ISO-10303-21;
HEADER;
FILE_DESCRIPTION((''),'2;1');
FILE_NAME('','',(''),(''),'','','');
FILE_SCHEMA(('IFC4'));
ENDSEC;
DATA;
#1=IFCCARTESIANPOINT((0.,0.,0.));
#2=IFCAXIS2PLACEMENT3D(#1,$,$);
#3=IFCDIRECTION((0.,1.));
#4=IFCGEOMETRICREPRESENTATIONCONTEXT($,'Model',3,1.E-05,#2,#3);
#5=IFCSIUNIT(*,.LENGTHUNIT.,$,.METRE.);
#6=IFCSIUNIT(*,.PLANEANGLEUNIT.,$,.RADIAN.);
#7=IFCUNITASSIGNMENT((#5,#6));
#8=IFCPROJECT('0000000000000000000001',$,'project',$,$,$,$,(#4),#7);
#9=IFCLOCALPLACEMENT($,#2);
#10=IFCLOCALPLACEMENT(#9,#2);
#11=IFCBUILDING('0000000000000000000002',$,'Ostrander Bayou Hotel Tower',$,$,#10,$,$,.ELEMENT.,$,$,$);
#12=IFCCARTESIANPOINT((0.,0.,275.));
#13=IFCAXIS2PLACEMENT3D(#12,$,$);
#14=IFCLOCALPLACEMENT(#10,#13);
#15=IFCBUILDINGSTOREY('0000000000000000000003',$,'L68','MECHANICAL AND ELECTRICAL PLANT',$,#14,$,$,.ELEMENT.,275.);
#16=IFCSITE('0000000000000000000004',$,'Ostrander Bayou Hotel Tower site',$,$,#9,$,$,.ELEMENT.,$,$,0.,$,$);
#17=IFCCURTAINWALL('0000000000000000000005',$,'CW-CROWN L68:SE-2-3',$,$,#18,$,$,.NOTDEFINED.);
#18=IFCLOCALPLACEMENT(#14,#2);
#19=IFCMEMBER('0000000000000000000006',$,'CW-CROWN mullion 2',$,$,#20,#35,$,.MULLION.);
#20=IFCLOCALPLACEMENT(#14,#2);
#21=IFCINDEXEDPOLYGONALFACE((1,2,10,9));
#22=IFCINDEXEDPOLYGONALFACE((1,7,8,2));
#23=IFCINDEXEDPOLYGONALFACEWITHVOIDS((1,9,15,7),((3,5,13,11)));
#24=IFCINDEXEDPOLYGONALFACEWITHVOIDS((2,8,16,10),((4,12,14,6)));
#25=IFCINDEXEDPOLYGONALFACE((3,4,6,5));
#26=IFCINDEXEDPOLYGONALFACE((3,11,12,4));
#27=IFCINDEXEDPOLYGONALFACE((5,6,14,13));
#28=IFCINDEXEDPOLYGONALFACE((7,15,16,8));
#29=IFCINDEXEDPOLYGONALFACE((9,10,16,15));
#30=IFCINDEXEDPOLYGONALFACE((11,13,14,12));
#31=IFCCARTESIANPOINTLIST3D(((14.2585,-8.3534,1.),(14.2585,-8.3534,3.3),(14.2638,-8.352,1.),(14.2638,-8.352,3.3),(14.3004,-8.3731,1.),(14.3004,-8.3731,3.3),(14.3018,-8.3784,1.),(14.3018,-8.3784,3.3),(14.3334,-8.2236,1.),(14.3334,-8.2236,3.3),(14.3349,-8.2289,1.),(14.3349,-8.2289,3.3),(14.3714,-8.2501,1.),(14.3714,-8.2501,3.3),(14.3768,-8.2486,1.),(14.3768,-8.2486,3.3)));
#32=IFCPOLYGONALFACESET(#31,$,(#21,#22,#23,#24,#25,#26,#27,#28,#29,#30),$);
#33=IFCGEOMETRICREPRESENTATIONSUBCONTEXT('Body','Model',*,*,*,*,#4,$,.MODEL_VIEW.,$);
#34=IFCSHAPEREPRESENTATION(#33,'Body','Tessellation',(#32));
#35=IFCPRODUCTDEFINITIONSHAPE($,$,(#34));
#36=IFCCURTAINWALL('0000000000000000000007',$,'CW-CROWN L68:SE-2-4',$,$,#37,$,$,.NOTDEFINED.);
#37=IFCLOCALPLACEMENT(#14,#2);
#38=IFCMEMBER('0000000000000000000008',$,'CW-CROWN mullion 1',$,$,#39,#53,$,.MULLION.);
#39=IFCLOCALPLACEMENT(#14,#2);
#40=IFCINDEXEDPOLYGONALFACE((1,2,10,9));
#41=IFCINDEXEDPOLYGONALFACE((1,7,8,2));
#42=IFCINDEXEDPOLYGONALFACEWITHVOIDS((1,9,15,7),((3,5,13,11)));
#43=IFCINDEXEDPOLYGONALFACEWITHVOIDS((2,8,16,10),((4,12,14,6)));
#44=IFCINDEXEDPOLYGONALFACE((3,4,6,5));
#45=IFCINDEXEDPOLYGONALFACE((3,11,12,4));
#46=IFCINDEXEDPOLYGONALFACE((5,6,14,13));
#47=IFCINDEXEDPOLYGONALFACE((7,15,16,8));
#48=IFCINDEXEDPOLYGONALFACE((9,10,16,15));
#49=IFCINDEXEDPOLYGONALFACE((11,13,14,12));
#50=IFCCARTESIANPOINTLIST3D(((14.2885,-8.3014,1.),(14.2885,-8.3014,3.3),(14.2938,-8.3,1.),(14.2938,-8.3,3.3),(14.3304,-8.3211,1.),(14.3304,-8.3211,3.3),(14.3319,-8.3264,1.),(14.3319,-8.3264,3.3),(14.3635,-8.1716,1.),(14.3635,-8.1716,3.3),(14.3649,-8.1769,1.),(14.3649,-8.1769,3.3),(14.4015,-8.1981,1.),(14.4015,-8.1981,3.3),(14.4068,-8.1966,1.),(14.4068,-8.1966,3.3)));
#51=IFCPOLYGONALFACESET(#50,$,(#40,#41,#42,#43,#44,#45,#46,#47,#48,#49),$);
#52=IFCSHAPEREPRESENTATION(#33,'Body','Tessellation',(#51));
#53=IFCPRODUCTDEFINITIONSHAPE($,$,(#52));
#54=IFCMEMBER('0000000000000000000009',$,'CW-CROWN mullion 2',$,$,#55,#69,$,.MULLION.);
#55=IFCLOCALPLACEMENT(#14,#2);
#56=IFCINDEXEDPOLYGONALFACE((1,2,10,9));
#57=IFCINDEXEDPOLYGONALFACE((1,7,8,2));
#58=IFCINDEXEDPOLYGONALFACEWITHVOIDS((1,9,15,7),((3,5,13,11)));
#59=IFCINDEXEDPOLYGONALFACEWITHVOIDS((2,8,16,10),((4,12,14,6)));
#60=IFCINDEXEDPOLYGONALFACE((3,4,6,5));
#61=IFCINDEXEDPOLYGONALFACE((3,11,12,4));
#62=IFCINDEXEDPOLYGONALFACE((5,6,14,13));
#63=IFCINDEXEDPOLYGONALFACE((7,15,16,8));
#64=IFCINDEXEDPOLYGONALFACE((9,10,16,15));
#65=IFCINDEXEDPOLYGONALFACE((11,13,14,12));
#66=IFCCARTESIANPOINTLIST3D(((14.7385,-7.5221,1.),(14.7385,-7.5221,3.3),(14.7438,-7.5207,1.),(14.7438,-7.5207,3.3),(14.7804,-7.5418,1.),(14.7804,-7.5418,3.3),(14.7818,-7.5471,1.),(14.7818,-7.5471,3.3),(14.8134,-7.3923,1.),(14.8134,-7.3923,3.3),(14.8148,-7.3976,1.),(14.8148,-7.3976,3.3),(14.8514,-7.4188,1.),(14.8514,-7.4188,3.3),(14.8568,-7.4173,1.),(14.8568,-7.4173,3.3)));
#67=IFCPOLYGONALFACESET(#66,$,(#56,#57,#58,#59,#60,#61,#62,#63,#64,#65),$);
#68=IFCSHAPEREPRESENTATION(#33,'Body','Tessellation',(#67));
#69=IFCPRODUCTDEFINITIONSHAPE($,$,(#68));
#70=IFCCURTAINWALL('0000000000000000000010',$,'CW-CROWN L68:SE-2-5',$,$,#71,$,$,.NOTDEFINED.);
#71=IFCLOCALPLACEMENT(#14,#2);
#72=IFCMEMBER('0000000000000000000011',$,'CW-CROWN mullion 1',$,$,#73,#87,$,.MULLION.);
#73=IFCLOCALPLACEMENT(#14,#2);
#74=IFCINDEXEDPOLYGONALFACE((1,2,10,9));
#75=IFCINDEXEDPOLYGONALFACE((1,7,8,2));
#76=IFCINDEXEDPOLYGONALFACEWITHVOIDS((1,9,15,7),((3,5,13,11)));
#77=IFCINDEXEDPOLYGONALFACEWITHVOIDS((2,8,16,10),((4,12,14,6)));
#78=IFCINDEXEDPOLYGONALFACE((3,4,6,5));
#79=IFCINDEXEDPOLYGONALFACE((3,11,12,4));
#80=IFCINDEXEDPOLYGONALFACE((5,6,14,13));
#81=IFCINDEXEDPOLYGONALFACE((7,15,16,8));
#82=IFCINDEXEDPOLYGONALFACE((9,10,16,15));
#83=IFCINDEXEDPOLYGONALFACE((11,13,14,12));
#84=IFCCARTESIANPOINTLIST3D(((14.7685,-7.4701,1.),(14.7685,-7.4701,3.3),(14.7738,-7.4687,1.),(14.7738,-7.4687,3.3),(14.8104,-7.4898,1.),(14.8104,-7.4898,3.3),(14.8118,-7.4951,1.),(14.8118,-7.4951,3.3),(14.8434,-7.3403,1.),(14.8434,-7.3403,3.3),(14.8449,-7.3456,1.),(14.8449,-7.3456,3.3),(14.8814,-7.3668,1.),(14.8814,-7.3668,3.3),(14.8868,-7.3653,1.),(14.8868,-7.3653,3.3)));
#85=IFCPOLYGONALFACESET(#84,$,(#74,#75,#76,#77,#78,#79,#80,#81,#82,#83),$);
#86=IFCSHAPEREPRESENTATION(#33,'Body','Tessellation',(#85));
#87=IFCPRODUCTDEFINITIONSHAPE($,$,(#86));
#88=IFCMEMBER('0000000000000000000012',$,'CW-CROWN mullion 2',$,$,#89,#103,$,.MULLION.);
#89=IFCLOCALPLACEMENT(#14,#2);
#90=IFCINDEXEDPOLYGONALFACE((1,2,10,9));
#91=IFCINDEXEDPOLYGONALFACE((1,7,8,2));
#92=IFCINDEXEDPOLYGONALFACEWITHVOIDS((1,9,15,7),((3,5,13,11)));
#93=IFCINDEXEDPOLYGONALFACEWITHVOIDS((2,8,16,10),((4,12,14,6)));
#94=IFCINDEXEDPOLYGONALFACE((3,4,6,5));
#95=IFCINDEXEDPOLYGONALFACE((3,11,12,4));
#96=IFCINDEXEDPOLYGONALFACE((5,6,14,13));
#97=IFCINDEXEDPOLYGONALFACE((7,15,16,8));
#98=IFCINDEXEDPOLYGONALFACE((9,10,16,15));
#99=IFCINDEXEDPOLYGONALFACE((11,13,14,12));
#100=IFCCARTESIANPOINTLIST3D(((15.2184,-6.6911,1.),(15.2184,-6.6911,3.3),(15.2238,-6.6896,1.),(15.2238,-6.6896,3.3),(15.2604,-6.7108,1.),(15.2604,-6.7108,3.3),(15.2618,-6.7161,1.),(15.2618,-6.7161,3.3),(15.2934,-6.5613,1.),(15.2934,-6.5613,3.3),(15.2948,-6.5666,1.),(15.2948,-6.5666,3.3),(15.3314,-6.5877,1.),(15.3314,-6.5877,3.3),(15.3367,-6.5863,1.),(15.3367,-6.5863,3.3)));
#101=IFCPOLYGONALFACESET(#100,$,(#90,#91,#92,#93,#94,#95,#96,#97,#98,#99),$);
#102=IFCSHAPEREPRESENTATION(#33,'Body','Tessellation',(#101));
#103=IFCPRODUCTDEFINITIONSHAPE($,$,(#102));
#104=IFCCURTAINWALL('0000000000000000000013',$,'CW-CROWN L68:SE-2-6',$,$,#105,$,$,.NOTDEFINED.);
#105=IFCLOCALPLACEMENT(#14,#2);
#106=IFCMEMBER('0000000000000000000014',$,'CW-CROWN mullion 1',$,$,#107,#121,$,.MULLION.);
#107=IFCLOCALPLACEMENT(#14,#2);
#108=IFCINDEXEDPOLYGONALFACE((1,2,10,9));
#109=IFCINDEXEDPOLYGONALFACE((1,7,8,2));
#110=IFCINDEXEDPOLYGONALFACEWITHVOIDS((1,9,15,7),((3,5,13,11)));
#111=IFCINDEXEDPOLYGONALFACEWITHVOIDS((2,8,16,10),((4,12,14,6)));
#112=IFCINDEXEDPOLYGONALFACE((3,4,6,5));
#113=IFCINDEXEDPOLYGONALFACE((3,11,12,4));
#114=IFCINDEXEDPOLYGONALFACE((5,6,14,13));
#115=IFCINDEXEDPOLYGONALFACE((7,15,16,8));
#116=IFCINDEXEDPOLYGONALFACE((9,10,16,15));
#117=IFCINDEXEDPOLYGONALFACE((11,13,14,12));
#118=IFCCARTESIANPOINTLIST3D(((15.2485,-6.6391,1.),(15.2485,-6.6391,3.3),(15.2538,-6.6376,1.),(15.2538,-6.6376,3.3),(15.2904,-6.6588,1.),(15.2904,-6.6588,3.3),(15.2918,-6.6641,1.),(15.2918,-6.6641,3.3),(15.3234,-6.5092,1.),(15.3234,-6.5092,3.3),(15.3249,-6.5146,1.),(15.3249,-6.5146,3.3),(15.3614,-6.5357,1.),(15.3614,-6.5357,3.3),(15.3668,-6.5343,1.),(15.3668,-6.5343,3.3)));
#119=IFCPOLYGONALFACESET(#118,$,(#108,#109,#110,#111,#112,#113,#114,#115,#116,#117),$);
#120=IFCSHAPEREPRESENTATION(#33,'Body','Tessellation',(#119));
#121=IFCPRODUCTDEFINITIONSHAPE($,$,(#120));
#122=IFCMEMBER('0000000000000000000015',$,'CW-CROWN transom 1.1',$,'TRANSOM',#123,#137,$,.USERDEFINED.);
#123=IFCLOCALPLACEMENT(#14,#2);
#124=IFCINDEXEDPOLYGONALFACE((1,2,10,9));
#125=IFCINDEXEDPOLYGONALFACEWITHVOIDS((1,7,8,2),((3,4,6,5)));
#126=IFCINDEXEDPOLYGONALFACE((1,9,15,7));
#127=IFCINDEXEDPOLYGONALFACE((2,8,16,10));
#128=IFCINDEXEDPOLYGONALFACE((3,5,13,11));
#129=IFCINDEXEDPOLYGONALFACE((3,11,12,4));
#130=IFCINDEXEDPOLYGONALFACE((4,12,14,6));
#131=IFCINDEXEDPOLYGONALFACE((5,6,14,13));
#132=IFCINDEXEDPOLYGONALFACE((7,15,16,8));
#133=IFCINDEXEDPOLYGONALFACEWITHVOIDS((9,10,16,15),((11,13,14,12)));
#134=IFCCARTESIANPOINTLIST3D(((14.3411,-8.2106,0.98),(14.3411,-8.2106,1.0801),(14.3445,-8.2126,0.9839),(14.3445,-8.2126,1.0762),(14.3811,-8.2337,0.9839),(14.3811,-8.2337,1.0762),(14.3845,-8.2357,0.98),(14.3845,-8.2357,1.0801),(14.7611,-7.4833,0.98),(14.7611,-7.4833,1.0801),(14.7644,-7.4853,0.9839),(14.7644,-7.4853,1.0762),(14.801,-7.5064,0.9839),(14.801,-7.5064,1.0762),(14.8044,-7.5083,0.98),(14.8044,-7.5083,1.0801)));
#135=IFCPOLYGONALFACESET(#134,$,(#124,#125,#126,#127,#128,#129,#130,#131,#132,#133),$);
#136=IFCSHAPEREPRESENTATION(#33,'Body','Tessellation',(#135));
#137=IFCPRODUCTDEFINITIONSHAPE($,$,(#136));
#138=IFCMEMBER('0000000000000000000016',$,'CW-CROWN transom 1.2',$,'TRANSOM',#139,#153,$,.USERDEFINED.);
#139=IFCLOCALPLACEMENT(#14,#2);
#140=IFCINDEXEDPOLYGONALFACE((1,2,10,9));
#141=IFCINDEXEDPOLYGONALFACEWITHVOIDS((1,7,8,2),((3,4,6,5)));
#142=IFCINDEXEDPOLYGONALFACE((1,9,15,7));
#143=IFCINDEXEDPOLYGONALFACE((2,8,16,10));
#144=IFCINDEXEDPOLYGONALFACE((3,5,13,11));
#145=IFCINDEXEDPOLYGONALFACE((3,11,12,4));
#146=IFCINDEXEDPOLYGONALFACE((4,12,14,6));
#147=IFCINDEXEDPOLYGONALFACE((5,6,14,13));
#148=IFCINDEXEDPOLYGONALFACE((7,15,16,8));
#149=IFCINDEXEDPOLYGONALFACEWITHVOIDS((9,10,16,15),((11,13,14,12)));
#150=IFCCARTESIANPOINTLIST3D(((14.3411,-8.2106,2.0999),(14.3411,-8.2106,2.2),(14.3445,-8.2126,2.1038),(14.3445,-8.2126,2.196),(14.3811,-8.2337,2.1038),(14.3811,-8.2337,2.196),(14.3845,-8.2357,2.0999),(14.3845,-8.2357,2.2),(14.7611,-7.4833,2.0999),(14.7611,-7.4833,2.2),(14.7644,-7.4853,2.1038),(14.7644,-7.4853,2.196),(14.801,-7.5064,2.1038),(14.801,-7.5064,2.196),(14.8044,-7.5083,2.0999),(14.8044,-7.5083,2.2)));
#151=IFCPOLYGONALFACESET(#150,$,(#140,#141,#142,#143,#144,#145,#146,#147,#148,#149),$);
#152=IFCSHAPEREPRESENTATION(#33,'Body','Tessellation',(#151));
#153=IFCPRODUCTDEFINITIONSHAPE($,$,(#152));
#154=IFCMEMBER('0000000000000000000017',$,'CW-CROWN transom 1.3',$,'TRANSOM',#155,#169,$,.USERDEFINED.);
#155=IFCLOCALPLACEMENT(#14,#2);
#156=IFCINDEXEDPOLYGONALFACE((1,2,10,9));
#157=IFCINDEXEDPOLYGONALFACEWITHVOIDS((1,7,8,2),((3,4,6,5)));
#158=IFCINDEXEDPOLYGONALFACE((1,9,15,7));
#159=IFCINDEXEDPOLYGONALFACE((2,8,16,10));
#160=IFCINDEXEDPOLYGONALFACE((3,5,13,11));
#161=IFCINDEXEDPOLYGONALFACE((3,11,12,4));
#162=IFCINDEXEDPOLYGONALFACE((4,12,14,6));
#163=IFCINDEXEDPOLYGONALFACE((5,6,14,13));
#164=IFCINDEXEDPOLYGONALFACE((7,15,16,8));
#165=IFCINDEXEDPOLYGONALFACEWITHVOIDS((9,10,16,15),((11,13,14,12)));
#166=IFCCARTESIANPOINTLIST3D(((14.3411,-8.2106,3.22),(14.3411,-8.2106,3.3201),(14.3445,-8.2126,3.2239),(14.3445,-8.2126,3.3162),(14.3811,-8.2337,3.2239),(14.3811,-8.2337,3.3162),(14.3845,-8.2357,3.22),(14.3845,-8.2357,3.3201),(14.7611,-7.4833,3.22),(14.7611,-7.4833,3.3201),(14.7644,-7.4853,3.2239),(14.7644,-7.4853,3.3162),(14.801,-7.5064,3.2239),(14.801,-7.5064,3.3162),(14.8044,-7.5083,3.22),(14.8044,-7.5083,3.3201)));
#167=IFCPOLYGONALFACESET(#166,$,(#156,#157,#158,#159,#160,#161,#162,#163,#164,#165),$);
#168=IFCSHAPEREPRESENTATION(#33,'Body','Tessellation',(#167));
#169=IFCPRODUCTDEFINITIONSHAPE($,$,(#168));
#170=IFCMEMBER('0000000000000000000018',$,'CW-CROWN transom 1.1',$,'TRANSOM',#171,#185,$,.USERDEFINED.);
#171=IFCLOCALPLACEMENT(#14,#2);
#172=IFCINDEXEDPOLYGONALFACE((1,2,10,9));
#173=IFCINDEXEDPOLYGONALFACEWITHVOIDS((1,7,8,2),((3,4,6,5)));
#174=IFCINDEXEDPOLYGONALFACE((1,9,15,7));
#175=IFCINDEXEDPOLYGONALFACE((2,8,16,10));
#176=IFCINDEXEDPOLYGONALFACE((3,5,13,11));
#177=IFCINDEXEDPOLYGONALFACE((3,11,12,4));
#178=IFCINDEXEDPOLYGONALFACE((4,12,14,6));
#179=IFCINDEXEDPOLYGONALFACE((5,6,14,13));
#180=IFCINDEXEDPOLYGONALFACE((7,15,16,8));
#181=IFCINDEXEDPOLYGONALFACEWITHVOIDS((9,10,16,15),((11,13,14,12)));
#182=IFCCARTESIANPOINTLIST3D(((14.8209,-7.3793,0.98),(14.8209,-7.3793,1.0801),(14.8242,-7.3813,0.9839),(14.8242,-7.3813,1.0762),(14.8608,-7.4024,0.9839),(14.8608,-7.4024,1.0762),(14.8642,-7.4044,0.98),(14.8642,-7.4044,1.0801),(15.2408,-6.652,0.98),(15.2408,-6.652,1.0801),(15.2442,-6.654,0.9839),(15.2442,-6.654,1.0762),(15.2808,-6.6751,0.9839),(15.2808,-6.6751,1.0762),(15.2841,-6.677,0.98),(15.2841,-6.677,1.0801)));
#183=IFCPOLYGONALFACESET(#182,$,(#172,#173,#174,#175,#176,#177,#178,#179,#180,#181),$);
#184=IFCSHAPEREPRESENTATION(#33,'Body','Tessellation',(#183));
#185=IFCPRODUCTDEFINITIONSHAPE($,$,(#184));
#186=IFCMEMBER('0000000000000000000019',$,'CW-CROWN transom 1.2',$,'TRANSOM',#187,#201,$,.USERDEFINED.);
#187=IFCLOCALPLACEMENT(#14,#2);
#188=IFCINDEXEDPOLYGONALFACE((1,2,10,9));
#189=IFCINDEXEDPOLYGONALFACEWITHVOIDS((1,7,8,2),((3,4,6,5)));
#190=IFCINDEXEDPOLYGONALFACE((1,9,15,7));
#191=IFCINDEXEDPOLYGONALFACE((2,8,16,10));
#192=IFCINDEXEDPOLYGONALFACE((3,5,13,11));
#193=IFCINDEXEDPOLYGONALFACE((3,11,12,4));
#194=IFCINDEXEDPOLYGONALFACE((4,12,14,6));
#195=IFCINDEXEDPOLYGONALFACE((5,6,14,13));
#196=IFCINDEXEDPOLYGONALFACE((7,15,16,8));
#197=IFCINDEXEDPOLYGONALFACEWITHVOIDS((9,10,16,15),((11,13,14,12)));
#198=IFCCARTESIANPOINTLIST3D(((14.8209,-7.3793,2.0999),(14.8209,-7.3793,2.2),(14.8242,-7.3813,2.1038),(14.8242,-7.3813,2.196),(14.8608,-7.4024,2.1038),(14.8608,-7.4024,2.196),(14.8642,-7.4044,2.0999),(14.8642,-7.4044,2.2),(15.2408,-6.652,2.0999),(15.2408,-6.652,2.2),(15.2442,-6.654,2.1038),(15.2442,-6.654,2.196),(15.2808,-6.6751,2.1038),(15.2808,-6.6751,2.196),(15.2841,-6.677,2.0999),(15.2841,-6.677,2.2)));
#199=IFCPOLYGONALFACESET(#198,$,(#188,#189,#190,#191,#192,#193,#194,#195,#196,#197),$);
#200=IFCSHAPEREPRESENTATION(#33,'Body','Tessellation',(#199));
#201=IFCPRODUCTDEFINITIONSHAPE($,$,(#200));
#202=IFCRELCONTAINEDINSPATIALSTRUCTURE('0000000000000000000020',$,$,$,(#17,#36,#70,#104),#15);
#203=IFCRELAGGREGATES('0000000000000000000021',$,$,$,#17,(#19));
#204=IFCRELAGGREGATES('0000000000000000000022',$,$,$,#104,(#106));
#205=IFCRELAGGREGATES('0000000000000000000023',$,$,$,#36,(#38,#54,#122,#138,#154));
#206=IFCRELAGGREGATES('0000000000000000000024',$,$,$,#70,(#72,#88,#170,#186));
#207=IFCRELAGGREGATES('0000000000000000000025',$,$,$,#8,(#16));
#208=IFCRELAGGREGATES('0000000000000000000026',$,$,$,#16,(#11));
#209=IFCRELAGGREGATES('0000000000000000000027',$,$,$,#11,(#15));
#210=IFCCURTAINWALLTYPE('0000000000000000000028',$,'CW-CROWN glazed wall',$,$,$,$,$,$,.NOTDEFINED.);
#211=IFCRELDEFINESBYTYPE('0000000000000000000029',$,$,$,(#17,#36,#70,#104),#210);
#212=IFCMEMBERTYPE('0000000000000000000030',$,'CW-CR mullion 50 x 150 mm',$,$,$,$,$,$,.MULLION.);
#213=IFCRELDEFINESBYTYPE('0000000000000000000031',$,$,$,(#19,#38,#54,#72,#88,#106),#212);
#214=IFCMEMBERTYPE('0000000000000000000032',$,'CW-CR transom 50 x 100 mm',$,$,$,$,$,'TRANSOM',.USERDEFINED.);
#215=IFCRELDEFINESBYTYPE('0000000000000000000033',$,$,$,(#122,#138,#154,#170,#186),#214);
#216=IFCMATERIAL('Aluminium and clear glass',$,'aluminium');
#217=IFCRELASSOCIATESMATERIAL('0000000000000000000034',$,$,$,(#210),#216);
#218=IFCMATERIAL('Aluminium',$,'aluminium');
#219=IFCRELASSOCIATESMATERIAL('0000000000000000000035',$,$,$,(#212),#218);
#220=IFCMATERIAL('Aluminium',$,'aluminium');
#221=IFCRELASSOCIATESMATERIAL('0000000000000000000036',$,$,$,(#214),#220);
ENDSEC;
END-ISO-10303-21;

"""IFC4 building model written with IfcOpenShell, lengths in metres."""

from ifc_helpers import new_model, si_unit, direction, frame, origin, origin_2d, place, context, subcontext, project, spatial, hollow_rectangle, extrude, material, material_profile, profile_set, type_object, element, aggregate, save


model = new_model("IFC4")

# Units and contexts
model_context = context("Model", 3, precision=1e-05, world=origin(), true_north=direction((0.0, 1.0)))
body_context = subcontext(model_context, "Body", "Model", "MODEL_VIEW")
ifc_project = project(units=[si_unit("LENGTHUNIT", "METRE"), si_unit("PLANEANGLEUNIT", "RADIAN")], contexts=[model_context])

# Site, building, storey
site_placement = place(None, origin())
site = spatial("IfcSite", under=ifc_project, at=site_placement, Name="Ostrander Bayou Hotel Tower site", CompositionType="ELEMENT", RefElevation=0.0)
building_placement = place(site_placement, origin())
building = spatial("IfcBuilding", under=site, at=building_placement, Name="Ostrander Bayou Hotel Tower", CompositionType="ELEMENT")
storey_placement = place(building_placement, frame((0.0, 0.0, 275.0)))
storey = spatial("IfcBuildingStorey", under=building, at=storey_placement, Name="L68", Description="MECHANICAL AND ELECTRICAL PLANT", CompositionType="ELEMENT", Elevation=275.0)

# Curtain wall, member
ifc_material_1 = material(Name="Aluminium and clear glass", Category="aluminium")
curtain_wall_type = type_object("IfcCurtainWallType", Name="CW-CROWN glazed wall", PredefinedType="NOTDEFINED", material=ifc_material_1)
curtain_wall_1_placement = place(storey_placement, origin())
curtain_wall_1 = element("IfcCurtainWall", 1, at=curtain_wall_1_placement, inside=storey, type_object=curtain_wall_type, Name="CW-CROWN L68:SE-2-3", PredefinedType="NOTDEFINED")
ifc_material_2 = material(Name="Aluminium", Category="aluminium")
ifc_material_profile_1 = material_profile(ifc_material_2, hollow_rectangle(XDim=0.05, YDim=0.1499, WallThickness=0.0039, at=origin_2d()))
ifc_profile_set_1 = profile_set([ifc_material_profile_1], Name="Aluminium")
member_type_1 = type_object("IfcMemberType", Name="CW-CR mullion 50 x 150 mm", PredefinedType="MULLION", material=ifc_profile_set_1)
member_1_placement = place(storey_placement, frame((14.3176, -8.301, 1.0), z_axis=(0.0, 0.0, 1.0), x_axis=(-0.866022, 0.500005, 0.0)))
member_1 = element("IfcMember", 2, at=member_1_placement, type_object=member_type_1, Name="CW-CROWN mullion 2", PredefinedType="MULLION", context=body_context, shape_type="SweptSolid", body=[
    extrude(hollow_rectangle(XDim=0.05, YDim=0.1499, WallThickness=0.0039, at=origin_2d()), origin(), (0.0, 0.0, 1.0), 2.3),
])
aggregate(curtain_wall_1, [member_1])

# Curtain walls, members
curtain_wall_2_placement = place(storey_placement, origin())
curtain_wall_2 = element("IfcCurtainWall", 3, at=curtain_wall_2_placement, inside=storey, type_object=curtain_wall_type, Name="CW-CROWN L68:SE-2-4", PredefinedType="NOTDEFINED")
member_2_placement = place(storey_placement, frame((14.3477, -8.249, 1.0), z_axis=(0.0, 0.0, 1.0), x_axis=(-0.866022, 0.500005, 0.0)))
member_2 = element("IfcMember", 4, at=member_2_placement, type_object=member_type_1, Name="CW-CROWN mullion 1", PredefinedType="MULLION", context=body_context, shape_type="SweptSolid", body=[
    extrude(hollow_rectangle(XDim=0.05, YDim=0.1499, WallThickness=0.0039, at=origin_2d()), origin(), (0.0, 0.0, 1.0), 2.3),
])
member_3_placement = place(storey_placement, frame((14.7976, -7.4697, 1.0), z_axis=(0.0, 0.0, 1.0), x_axis=(-0.866022, 0.500005, 0.0)))
member_3 = element("IfcMember", 5, at=member_3_placement, type_object=member_type_1, Name="CW-CROWN mullion 2", PredefinedType="MULLION", context=body_context, shape_type="SweptSolid", body=[
    extrude(hollow_rectangle(XDim=0.05, YDim=0.1499, WallThickness=0.0039, at=origin_2d()), origin(), (0.0, 0.0, 1.0), 2.3),
])
curtain_wall_3_placement = place(storey_placement, origin())
curtain_wall_3 = element("IfcCurtainWall", 6, at=curtain_wall_3_placement, inside=storey, type_object=curtain_wall_type, Name="CW-CROWN L68:SE-2-5", PredefinedType="NOTDEFINED")
member_4_placement = place(storey_placement, frame((14.8276, -7.4177, 1.0), z_axis=(0.0, 0.0, 1.0), x_axis=(-0.866022, 0.500005, 0.0)))
member_4 = element("IfcMember", 7, at=member_4_placement, type_object=member_type_1, Name="CW-CROWN mullion 1", PredefinedType="MULLION", context=body_context, shape_type="SweptSolid", body=[
    extrude(hollow_rectangle(XDim=0.05, YDim=0.1499, WallThickness=0.0039, at=origin_2d()), origin(), (0.0, 0.0, 1.0), 2.3),
])
member_5_placement = place(storey_placement, frame((15.2776, -6.6387, 1.0), z_axis=(0.0, 0.0, 1.0), x_axis=(-0.866022, 0.500005, 0.0)))
member_5 = element("IfcMember", 8, at=member_5_placement, type_object=member_type_1, Name="CW-CROWN mullion 2", PredefinedType="MULLION", context=body_context, shape_type="SweptSolid", body=[
    extrude(hollow_rectangle(XDim=0.05, YDim=0.1499, WallThickness=0.0039, at=origin_2d()), origin(), (0.0, 0.0, 1.0), 2.3),
])

# Curtain wall, member
curtain_wall_4_placement = place(storey_placement, origin())
curtain_wall_4 = element("IfcCurtainWall", 9, at=curtain_wall_4_placement, inside=storey, type_object=curtain_wall_type, Name="CW-CROWN L68:SE-2-6", PredefinedType="NOTDEFINED")
member_6_placement = place(storey_placement, frame((15.3076, -6.5867, 1.0), z_axis=(0.0, 0.0, 1.0), x_axis=(-0.866022, 0.500005, 0.0)))
member_6 = element("IfcMember", 10, at=member_6_placement, type_object=member_type_1, Name="CW-CROWN mullion 1", PredefinedType="MULLION", context=body_context, shape_type="SweptSolid", body=[
    extrude(hollow_rectangle(XDim=0.05, YDim=0.1499, WallThickness=0.0039, at=origin_2d()), origin(), (0.0, 0.0, 1.0), 2.3),
])
aggregate(curtain_wall_4, [member_6])

# Members
ifc_material_3 = material(Name="Aluminium", Category="aluminium")
ifc_material_profile_2 = material_profile(ifc_material_3, hollow_rectangle(XDim=0.05, YDim=0.1001, WallThickness=0.0039, at=origin_2d()))
ifc_profile_set_2 = profile_set([ifc_material_profile_2], Name="Aluminium")
member_type_2 = type_object("IfcMemberType", Name="CW-CR transom 50 x 100 mm", ElementType="TRANSOM", PredefinedType="USERDEFINED", material=ifc_profile_set_2)
member_7_placement = place(storey_placement, frame((14.3628, -8.2231, 1.03), z_axis=(0.500016, 0.866016, 0.0), x_axis=(-0.866016, 0.500016, 0.0)))
member_7 = element("IfcMember", 11, at=member_7_placement, type_object=member_type_2, Name="CW-CROWN transom 1.1", ObjectType="TRANSOM", PredefinedType="USERDEFINED", context=body_context, shape_type="SweptSolid", body=[
    extrude(hollow_rectangle(XDim=0.05, YDim=0.1001, WallThickness=0.0039, at=origin_2d()), origin(), (0.0, 0.0, 1.0), 0.8398),
])
member_8_placement = place(storey_placement, frame((14.3628, -8.2231, 2.1499), z_axis=(0.500016, 0.866016, 0.0), x_axis=(-0.866016, 0.500016, 0.0)))
member_8 = element("IfcMember", 12, at=member_8_placement, type_object=member_type_2, Name="CW-CROWN transom 1.2", ObjectType="TRANSOM", PredefinedType="USERDEFINED", context=body_context, shape_type="SweptSolid", body=[
    extrude(hollow_rectangle(XDim=0.05, YDim=0.1001, WallThickness=0.0039, at=origin_2d()), origin(), (0.0, 0.0, 1.0), 0.8398),
])
member_9_placement = place(storey_placement, frame((14.3628, -8.2231, 3.27), z_axis=(0.500016, 0.866016, 0.0), x_axis=(-0.866016, 0.500016, 0.0)))
member_9 = element("IfcMember", 13, at=member_9_placement, type_object=member_type_2, Name="CW-CROWN transom 1.3", ObjectType="TRANSOM", PredefinedType="USERDEFINED", context=body_context, shape_type="SweptSolid", body=[
    extrude(hollow_rectangle(XDim=0.05, YDim=0.1001, WallThickness=0.0039, at=origin_2d()), origin(), (0.0, 0.0, 1.0), 0.8398),
])
member_10_placement = place(storey_placement, frame((14.8425, -7.3918, 1.03), z_axis=(0.500016, 0.866016, 0.0), x_axis=(-0.866016, 0.500016, 0.0)))
member_10 = element("IfcMember", 14, at=member_10_placement, type_object=member_type_2, Name="CW-CROWN transom 1.1", ObjectType="TRANSOM", PredefinedType="USERDEFINED", context=body_context, shape_type="SweptSolid", body=[
    extrude(hollow_rectangle(XDim=0.05, YDim=0.1001, WallThickness=0.0039, at=origin_2d()), origin(), (0.0, 0.0, 1.0), 0.8398),
])
member_11_placement = place(storey_placement, frame((14.8425, -7.3918, 2.1499), z_axis=(0.500016, 0.866016, 0.0), x_axis=(-0.866016, 0.500016, 0.0)))
member_11 = element("IfcMember", 15, at=member_11_placement, type_object=member_type_2, Name="CW-CROWN transom 1.2", ObjectType="TRANSOM", PredefinedType="USERDEFINED", context=body_context, shape_type="SweptSolid", body=[
    extrude(hollow_rectangle(XDim=0.05, YDim=0.1001, WallThickness=0.0039, at=origin_2d()), origin(), (0.0, 0.0, 1.0), 0.8398),
])

aggregate(curtain_wall_2, [member_2, member_3, member_7, member_8, member_9])
aggregate(curtain_wall_3, [member_4, member_5, member_10, member_11])

save(model, "model.ifc")
